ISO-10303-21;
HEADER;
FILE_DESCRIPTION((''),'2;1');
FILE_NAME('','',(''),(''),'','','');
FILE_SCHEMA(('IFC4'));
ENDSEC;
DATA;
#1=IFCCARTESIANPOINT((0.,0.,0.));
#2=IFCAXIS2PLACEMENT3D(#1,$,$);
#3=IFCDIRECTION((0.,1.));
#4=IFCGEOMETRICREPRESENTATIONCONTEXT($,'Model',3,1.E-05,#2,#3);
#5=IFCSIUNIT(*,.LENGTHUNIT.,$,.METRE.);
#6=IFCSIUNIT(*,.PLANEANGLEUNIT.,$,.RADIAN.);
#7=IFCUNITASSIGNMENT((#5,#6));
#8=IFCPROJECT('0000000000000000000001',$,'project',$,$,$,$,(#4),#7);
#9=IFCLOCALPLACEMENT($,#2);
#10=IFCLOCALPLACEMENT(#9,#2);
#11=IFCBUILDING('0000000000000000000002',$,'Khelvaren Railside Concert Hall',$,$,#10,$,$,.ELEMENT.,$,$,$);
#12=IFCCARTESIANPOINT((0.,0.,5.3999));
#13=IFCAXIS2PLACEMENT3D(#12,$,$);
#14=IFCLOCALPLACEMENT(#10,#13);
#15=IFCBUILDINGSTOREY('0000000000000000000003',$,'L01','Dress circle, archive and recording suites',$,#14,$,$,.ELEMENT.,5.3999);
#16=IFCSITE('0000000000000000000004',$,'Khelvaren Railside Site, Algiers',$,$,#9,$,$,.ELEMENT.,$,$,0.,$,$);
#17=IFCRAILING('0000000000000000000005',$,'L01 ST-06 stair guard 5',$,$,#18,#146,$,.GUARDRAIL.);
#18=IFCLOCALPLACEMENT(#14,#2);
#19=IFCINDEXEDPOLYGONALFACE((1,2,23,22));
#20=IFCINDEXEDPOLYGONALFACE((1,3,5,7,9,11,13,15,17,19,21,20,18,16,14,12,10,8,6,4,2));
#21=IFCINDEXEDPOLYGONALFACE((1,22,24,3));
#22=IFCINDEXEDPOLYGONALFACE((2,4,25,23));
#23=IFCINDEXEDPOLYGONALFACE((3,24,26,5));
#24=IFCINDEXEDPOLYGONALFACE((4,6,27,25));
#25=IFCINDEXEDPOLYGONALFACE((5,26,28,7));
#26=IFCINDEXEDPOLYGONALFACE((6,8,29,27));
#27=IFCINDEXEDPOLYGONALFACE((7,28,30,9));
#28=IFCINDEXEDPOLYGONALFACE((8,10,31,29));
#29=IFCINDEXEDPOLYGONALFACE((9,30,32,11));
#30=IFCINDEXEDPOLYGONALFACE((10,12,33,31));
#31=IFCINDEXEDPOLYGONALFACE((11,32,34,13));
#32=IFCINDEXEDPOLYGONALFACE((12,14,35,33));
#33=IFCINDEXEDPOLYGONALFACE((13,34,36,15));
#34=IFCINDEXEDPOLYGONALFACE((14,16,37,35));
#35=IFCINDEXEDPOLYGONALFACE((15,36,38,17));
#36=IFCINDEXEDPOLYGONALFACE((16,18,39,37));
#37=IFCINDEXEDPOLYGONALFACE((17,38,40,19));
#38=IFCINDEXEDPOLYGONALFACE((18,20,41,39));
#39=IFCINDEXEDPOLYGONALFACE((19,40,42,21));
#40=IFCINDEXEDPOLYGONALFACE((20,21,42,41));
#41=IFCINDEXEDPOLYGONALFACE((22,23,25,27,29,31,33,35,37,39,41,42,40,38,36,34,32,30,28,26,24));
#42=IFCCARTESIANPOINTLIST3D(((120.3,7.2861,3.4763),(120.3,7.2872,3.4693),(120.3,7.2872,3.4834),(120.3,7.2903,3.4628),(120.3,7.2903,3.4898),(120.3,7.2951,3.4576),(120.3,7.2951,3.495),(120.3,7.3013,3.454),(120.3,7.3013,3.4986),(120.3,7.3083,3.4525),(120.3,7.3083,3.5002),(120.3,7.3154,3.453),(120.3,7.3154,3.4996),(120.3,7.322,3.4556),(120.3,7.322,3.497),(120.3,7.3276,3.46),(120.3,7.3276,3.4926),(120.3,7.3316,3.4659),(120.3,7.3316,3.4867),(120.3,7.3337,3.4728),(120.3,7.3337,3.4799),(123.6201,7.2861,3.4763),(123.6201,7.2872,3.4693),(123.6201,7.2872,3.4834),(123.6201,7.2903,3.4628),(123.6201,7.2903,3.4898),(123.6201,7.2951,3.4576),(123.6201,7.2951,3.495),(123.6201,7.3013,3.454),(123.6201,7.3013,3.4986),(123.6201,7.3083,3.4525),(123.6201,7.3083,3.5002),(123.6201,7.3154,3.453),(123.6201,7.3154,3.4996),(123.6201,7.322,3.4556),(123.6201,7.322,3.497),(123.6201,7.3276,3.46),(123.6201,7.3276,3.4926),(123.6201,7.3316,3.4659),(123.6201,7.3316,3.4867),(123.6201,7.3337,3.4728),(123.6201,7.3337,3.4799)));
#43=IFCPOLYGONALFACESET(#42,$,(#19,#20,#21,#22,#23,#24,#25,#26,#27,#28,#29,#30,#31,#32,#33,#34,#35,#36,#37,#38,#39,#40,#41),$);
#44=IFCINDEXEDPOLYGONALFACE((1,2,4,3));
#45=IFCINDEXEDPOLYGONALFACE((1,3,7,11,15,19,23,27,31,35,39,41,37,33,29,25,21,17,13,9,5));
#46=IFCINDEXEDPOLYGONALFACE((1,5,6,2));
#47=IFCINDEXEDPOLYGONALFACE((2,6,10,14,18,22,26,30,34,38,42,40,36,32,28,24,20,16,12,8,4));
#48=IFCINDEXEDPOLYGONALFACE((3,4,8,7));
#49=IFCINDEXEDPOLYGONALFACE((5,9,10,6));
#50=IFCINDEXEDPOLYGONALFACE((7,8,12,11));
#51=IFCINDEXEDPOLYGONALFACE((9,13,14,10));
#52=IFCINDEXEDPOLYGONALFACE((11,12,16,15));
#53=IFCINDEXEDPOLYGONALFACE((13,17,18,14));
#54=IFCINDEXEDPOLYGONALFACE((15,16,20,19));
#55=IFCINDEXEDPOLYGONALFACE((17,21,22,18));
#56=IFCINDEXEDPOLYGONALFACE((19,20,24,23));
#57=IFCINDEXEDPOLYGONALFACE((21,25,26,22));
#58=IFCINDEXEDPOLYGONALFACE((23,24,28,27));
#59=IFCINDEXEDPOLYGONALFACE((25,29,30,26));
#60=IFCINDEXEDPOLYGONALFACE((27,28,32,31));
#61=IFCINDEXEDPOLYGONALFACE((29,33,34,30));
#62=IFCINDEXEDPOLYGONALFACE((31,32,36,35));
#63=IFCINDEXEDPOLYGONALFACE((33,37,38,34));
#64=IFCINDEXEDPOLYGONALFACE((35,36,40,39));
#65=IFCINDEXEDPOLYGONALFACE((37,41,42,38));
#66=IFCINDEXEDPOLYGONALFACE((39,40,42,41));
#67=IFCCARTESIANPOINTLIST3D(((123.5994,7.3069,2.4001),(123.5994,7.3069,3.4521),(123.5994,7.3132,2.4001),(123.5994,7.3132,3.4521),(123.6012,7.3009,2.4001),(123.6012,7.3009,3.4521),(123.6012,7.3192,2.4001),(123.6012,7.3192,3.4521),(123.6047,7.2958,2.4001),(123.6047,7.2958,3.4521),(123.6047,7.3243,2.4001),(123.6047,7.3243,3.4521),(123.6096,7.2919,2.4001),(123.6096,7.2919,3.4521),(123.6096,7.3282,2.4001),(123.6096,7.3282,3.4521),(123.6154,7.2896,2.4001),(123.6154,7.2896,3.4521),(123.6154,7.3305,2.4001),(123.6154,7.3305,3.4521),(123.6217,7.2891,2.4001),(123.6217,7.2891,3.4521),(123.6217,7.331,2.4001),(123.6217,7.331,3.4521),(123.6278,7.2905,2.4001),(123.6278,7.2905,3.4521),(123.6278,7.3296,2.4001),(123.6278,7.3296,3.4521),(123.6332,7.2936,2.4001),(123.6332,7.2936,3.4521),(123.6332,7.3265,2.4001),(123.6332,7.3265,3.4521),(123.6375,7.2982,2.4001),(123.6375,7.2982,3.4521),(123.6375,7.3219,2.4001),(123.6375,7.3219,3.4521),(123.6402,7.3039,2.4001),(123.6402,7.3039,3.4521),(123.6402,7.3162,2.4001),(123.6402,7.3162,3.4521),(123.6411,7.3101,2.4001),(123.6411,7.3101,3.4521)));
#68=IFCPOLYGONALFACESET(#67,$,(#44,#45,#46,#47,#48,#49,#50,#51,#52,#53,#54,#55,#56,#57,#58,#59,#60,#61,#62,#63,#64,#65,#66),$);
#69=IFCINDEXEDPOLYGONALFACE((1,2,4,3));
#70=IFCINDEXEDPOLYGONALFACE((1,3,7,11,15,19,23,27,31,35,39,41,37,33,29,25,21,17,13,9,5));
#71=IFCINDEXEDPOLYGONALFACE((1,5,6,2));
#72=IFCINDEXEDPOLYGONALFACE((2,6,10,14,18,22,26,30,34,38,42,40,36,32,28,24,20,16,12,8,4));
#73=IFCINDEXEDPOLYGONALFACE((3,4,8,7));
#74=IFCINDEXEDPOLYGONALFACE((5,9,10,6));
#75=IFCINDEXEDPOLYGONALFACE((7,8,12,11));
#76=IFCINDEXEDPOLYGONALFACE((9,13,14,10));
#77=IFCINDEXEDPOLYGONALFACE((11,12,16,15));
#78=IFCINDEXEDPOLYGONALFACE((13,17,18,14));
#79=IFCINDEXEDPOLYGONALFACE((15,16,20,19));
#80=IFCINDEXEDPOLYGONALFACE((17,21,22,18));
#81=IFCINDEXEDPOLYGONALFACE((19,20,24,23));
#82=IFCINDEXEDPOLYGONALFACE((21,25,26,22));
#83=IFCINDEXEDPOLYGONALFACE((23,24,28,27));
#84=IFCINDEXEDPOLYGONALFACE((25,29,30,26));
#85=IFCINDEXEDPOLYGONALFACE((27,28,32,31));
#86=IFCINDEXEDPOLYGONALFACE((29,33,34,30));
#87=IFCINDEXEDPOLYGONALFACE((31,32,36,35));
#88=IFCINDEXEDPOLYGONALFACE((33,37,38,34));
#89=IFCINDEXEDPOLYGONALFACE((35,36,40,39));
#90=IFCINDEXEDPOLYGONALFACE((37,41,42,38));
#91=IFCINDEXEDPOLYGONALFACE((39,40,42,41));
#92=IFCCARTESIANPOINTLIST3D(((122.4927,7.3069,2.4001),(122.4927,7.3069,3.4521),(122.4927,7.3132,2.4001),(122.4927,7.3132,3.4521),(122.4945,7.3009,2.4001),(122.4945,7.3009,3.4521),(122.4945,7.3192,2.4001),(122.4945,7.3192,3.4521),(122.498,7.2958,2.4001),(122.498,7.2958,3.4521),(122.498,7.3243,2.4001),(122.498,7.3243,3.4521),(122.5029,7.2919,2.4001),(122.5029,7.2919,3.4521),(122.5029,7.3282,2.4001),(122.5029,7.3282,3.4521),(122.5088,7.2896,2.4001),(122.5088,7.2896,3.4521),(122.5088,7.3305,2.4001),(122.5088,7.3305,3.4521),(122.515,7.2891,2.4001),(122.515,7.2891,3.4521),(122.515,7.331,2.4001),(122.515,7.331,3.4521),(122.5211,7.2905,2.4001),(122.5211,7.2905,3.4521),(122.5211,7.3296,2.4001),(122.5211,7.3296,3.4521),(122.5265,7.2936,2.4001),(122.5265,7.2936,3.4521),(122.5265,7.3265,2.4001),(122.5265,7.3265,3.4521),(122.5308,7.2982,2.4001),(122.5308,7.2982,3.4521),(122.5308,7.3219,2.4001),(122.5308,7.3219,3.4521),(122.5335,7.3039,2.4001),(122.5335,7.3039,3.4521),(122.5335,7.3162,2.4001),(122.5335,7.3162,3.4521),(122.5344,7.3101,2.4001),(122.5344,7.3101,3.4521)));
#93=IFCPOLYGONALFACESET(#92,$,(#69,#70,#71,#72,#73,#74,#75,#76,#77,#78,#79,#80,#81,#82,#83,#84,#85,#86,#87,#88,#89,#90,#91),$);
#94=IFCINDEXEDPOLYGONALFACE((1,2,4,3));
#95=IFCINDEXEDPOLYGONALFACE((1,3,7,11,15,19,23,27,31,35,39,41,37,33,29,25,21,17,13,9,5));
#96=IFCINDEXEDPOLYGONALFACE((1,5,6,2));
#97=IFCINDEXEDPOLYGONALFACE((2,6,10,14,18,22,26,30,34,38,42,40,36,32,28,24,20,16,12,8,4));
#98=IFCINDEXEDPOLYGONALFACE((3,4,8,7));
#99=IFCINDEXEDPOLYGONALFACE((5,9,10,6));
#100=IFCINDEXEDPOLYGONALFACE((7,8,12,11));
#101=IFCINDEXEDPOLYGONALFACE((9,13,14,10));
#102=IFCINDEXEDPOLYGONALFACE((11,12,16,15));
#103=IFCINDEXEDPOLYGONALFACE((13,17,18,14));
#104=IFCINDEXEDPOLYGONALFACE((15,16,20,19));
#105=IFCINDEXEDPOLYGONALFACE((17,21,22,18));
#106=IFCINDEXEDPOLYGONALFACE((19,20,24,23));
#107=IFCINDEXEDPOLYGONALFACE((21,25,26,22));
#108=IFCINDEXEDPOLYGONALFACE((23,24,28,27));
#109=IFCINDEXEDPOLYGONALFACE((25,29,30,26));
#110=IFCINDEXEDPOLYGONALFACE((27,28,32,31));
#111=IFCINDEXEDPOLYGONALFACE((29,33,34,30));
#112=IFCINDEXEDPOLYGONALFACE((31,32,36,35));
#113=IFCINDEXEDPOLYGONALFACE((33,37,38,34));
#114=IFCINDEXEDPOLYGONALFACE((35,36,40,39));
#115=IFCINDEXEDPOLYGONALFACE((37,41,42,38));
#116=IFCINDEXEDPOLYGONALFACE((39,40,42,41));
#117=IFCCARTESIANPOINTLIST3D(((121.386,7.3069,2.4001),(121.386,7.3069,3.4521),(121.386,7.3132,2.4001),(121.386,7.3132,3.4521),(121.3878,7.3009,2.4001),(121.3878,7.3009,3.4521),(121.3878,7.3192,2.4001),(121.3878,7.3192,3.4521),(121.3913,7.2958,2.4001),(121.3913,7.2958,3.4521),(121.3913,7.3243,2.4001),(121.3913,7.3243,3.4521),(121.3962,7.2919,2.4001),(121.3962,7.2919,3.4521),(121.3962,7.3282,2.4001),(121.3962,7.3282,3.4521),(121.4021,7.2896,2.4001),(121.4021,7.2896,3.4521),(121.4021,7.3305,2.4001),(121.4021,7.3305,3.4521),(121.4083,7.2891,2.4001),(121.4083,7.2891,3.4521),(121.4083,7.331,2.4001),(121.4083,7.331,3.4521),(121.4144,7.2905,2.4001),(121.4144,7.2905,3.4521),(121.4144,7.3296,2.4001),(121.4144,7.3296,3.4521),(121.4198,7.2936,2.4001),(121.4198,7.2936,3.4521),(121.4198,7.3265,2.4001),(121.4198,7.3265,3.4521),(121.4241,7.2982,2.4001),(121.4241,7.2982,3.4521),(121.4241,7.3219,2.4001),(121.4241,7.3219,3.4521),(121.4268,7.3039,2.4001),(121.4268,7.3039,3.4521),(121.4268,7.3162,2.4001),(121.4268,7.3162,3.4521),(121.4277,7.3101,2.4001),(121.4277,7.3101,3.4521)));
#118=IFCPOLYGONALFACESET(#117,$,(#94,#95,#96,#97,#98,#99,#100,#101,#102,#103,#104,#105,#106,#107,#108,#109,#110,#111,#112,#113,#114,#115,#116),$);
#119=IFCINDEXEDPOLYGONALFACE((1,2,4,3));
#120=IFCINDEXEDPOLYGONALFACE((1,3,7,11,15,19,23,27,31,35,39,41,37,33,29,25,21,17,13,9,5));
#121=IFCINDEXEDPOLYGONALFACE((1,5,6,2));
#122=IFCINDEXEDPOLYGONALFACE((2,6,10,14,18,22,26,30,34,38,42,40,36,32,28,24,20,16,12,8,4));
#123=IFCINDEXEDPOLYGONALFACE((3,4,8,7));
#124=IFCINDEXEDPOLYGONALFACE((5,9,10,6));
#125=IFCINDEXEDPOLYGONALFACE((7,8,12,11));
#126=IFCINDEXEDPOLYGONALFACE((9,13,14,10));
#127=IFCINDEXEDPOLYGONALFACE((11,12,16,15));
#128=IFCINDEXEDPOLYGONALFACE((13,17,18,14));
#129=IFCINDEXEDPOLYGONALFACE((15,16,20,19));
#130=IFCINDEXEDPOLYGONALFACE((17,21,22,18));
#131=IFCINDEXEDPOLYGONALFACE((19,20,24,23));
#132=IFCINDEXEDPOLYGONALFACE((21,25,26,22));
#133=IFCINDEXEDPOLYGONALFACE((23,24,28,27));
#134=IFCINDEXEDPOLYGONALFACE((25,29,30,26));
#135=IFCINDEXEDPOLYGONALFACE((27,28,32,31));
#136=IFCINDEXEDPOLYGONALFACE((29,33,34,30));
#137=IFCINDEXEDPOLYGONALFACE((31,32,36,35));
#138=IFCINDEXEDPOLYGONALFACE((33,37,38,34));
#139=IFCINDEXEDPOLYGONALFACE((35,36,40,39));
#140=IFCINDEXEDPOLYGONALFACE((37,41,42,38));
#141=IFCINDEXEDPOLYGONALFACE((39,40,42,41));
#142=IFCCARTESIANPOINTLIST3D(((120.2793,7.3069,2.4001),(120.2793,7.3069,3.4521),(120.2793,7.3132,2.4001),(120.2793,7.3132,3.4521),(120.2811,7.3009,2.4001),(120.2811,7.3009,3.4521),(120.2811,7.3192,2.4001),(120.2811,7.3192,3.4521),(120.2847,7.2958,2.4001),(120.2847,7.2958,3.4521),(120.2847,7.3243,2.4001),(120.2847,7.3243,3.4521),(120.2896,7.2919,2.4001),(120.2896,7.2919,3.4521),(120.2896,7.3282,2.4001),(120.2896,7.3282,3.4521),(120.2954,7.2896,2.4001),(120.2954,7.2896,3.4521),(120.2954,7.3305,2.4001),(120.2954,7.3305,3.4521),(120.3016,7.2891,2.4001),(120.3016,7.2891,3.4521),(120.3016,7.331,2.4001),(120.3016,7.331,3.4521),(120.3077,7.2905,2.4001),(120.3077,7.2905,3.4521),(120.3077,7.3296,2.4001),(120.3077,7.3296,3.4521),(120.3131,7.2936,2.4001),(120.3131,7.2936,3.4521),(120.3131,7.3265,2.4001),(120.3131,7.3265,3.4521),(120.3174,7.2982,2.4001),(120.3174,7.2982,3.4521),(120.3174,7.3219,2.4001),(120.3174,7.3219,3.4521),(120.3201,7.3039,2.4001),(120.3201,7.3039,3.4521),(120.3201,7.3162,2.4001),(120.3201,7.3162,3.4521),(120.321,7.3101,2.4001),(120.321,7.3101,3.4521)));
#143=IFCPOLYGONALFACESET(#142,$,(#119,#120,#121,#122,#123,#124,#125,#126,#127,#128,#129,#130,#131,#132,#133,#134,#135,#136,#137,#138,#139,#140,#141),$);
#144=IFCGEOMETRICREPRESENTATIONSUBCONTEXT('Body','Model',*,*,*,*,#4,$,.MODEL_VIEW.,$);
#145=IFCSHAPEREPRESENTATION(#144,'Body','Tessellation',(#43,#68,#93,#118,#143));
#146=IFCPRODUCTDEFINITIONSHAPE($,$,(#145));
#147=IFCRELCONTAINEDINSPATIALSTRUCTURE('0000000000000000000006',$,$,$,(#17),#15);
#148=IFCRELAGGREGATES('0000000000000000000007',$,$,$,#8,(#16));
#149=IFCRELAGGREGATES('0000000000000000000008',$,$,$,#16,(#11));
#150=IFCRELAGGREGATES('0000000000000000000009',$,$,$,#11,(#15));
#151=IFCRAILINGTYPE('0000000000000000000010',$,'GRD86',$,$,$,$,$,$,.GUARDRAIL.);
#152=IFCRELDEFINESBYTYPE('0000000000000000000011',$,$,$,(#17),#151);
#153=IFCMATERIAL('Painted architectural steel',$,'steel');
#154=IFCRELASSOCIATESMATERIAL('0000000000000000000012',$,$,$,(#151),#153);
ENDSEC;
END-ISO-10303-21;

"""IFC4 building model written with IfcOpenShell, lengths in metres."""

from ifc_helpers import new_model, si_unit, direction, frame, origin, origin_2d, place, context, subcontext, project, spatial, circle, extrude, material, type_object, element, save


model = new_model("IFC4")

# Units and contexts
model_context = context("Model", 3, precision=1e-05, world=origin(), true_north=direction((0.0, 1.0)))
body_context = subcontext(model_context, "Body", "Model", "MODEL_VIEW")
ifc_project = project(units=[si_unit("LENGTHUNIT", "METRE"), si_unit("PLANEANGLEUNIT", "RADIAN")], contexts=[model_context])

# Site, building, storey
site_placement = place(None, origin())
site = spatial("IfcSite", under=ifc_project, at=site_placement, Name="Khelvaren Railside Site, Algiers", CompositionType="ELEMENT", RefElevation=0.0)
building_placement = place(site_placement, origin())
building = spatial("IfcBuilding", under=site, at=building_placement, Name="Khelvaren Railside Concert Hall", CompositionType="ELEMENT")
storey_placement = place(building_placement, frame((0.0, 0.0, 5.3999)))
storey = spatial("IfcBuildingStorey", under=building, at=storey_placement, Name="L01", Description="Dress circle, archive and recording suites", CompositionType="ELEMENT", Elevation=5.3999)

# Railing
ifc_material_1 = material(Name="Painted architectural steel", Category="steel")
railing_type_1 = type_object("IfcRailingType", Name="GRD86", PredefinedType="GUARDRAIL", material=ifc_material_1)
railing_1_placement = place(storey_placement, frame((123.6201, 7.3101, 2.4001)))
element("IfcRailing", 1, at=railing_1_placement, inside=storey, type_object=railing_type_1, Name="L01 ST-06 stair guard 5", PredefinedType="GUARDRAIL", context=body_context, shape_type="SweptSolid", body=[
    extrude(circle(Radius=0.0239, at=origin_2d()), frame((0.0, 0.0, 1.0762), z_axis=(-1.0, 0.0, 0.0), x_axis=(0.0, -1.0, 0.0)), (0.0, 0.0, 1.0), 3.3201),
    extrude(circle(Radius=0.021, at=origin_2d()), origin(), (0.0, 0.0, 1.0), 1.052),
    extrude(circle(Radius=0.021, at=origin_2d()), frame((-1.1067, 0.0, 0.0)), (0.0, 0.0, 1.0), 1.052),
    extrude(circle(Radius=0.021, at=origin_2d()), frame((-2.2134, 0.0, 0.0)), (0.0, 0.0, 1.0), 1.052),
    extrude(circle(Radius=0.021, at=origin_2d()), frame((-3.3201, 0.0, 0.0)), (0.0, 0.0, 1.0), 1.052),
])

save(model, "model.ifc")
